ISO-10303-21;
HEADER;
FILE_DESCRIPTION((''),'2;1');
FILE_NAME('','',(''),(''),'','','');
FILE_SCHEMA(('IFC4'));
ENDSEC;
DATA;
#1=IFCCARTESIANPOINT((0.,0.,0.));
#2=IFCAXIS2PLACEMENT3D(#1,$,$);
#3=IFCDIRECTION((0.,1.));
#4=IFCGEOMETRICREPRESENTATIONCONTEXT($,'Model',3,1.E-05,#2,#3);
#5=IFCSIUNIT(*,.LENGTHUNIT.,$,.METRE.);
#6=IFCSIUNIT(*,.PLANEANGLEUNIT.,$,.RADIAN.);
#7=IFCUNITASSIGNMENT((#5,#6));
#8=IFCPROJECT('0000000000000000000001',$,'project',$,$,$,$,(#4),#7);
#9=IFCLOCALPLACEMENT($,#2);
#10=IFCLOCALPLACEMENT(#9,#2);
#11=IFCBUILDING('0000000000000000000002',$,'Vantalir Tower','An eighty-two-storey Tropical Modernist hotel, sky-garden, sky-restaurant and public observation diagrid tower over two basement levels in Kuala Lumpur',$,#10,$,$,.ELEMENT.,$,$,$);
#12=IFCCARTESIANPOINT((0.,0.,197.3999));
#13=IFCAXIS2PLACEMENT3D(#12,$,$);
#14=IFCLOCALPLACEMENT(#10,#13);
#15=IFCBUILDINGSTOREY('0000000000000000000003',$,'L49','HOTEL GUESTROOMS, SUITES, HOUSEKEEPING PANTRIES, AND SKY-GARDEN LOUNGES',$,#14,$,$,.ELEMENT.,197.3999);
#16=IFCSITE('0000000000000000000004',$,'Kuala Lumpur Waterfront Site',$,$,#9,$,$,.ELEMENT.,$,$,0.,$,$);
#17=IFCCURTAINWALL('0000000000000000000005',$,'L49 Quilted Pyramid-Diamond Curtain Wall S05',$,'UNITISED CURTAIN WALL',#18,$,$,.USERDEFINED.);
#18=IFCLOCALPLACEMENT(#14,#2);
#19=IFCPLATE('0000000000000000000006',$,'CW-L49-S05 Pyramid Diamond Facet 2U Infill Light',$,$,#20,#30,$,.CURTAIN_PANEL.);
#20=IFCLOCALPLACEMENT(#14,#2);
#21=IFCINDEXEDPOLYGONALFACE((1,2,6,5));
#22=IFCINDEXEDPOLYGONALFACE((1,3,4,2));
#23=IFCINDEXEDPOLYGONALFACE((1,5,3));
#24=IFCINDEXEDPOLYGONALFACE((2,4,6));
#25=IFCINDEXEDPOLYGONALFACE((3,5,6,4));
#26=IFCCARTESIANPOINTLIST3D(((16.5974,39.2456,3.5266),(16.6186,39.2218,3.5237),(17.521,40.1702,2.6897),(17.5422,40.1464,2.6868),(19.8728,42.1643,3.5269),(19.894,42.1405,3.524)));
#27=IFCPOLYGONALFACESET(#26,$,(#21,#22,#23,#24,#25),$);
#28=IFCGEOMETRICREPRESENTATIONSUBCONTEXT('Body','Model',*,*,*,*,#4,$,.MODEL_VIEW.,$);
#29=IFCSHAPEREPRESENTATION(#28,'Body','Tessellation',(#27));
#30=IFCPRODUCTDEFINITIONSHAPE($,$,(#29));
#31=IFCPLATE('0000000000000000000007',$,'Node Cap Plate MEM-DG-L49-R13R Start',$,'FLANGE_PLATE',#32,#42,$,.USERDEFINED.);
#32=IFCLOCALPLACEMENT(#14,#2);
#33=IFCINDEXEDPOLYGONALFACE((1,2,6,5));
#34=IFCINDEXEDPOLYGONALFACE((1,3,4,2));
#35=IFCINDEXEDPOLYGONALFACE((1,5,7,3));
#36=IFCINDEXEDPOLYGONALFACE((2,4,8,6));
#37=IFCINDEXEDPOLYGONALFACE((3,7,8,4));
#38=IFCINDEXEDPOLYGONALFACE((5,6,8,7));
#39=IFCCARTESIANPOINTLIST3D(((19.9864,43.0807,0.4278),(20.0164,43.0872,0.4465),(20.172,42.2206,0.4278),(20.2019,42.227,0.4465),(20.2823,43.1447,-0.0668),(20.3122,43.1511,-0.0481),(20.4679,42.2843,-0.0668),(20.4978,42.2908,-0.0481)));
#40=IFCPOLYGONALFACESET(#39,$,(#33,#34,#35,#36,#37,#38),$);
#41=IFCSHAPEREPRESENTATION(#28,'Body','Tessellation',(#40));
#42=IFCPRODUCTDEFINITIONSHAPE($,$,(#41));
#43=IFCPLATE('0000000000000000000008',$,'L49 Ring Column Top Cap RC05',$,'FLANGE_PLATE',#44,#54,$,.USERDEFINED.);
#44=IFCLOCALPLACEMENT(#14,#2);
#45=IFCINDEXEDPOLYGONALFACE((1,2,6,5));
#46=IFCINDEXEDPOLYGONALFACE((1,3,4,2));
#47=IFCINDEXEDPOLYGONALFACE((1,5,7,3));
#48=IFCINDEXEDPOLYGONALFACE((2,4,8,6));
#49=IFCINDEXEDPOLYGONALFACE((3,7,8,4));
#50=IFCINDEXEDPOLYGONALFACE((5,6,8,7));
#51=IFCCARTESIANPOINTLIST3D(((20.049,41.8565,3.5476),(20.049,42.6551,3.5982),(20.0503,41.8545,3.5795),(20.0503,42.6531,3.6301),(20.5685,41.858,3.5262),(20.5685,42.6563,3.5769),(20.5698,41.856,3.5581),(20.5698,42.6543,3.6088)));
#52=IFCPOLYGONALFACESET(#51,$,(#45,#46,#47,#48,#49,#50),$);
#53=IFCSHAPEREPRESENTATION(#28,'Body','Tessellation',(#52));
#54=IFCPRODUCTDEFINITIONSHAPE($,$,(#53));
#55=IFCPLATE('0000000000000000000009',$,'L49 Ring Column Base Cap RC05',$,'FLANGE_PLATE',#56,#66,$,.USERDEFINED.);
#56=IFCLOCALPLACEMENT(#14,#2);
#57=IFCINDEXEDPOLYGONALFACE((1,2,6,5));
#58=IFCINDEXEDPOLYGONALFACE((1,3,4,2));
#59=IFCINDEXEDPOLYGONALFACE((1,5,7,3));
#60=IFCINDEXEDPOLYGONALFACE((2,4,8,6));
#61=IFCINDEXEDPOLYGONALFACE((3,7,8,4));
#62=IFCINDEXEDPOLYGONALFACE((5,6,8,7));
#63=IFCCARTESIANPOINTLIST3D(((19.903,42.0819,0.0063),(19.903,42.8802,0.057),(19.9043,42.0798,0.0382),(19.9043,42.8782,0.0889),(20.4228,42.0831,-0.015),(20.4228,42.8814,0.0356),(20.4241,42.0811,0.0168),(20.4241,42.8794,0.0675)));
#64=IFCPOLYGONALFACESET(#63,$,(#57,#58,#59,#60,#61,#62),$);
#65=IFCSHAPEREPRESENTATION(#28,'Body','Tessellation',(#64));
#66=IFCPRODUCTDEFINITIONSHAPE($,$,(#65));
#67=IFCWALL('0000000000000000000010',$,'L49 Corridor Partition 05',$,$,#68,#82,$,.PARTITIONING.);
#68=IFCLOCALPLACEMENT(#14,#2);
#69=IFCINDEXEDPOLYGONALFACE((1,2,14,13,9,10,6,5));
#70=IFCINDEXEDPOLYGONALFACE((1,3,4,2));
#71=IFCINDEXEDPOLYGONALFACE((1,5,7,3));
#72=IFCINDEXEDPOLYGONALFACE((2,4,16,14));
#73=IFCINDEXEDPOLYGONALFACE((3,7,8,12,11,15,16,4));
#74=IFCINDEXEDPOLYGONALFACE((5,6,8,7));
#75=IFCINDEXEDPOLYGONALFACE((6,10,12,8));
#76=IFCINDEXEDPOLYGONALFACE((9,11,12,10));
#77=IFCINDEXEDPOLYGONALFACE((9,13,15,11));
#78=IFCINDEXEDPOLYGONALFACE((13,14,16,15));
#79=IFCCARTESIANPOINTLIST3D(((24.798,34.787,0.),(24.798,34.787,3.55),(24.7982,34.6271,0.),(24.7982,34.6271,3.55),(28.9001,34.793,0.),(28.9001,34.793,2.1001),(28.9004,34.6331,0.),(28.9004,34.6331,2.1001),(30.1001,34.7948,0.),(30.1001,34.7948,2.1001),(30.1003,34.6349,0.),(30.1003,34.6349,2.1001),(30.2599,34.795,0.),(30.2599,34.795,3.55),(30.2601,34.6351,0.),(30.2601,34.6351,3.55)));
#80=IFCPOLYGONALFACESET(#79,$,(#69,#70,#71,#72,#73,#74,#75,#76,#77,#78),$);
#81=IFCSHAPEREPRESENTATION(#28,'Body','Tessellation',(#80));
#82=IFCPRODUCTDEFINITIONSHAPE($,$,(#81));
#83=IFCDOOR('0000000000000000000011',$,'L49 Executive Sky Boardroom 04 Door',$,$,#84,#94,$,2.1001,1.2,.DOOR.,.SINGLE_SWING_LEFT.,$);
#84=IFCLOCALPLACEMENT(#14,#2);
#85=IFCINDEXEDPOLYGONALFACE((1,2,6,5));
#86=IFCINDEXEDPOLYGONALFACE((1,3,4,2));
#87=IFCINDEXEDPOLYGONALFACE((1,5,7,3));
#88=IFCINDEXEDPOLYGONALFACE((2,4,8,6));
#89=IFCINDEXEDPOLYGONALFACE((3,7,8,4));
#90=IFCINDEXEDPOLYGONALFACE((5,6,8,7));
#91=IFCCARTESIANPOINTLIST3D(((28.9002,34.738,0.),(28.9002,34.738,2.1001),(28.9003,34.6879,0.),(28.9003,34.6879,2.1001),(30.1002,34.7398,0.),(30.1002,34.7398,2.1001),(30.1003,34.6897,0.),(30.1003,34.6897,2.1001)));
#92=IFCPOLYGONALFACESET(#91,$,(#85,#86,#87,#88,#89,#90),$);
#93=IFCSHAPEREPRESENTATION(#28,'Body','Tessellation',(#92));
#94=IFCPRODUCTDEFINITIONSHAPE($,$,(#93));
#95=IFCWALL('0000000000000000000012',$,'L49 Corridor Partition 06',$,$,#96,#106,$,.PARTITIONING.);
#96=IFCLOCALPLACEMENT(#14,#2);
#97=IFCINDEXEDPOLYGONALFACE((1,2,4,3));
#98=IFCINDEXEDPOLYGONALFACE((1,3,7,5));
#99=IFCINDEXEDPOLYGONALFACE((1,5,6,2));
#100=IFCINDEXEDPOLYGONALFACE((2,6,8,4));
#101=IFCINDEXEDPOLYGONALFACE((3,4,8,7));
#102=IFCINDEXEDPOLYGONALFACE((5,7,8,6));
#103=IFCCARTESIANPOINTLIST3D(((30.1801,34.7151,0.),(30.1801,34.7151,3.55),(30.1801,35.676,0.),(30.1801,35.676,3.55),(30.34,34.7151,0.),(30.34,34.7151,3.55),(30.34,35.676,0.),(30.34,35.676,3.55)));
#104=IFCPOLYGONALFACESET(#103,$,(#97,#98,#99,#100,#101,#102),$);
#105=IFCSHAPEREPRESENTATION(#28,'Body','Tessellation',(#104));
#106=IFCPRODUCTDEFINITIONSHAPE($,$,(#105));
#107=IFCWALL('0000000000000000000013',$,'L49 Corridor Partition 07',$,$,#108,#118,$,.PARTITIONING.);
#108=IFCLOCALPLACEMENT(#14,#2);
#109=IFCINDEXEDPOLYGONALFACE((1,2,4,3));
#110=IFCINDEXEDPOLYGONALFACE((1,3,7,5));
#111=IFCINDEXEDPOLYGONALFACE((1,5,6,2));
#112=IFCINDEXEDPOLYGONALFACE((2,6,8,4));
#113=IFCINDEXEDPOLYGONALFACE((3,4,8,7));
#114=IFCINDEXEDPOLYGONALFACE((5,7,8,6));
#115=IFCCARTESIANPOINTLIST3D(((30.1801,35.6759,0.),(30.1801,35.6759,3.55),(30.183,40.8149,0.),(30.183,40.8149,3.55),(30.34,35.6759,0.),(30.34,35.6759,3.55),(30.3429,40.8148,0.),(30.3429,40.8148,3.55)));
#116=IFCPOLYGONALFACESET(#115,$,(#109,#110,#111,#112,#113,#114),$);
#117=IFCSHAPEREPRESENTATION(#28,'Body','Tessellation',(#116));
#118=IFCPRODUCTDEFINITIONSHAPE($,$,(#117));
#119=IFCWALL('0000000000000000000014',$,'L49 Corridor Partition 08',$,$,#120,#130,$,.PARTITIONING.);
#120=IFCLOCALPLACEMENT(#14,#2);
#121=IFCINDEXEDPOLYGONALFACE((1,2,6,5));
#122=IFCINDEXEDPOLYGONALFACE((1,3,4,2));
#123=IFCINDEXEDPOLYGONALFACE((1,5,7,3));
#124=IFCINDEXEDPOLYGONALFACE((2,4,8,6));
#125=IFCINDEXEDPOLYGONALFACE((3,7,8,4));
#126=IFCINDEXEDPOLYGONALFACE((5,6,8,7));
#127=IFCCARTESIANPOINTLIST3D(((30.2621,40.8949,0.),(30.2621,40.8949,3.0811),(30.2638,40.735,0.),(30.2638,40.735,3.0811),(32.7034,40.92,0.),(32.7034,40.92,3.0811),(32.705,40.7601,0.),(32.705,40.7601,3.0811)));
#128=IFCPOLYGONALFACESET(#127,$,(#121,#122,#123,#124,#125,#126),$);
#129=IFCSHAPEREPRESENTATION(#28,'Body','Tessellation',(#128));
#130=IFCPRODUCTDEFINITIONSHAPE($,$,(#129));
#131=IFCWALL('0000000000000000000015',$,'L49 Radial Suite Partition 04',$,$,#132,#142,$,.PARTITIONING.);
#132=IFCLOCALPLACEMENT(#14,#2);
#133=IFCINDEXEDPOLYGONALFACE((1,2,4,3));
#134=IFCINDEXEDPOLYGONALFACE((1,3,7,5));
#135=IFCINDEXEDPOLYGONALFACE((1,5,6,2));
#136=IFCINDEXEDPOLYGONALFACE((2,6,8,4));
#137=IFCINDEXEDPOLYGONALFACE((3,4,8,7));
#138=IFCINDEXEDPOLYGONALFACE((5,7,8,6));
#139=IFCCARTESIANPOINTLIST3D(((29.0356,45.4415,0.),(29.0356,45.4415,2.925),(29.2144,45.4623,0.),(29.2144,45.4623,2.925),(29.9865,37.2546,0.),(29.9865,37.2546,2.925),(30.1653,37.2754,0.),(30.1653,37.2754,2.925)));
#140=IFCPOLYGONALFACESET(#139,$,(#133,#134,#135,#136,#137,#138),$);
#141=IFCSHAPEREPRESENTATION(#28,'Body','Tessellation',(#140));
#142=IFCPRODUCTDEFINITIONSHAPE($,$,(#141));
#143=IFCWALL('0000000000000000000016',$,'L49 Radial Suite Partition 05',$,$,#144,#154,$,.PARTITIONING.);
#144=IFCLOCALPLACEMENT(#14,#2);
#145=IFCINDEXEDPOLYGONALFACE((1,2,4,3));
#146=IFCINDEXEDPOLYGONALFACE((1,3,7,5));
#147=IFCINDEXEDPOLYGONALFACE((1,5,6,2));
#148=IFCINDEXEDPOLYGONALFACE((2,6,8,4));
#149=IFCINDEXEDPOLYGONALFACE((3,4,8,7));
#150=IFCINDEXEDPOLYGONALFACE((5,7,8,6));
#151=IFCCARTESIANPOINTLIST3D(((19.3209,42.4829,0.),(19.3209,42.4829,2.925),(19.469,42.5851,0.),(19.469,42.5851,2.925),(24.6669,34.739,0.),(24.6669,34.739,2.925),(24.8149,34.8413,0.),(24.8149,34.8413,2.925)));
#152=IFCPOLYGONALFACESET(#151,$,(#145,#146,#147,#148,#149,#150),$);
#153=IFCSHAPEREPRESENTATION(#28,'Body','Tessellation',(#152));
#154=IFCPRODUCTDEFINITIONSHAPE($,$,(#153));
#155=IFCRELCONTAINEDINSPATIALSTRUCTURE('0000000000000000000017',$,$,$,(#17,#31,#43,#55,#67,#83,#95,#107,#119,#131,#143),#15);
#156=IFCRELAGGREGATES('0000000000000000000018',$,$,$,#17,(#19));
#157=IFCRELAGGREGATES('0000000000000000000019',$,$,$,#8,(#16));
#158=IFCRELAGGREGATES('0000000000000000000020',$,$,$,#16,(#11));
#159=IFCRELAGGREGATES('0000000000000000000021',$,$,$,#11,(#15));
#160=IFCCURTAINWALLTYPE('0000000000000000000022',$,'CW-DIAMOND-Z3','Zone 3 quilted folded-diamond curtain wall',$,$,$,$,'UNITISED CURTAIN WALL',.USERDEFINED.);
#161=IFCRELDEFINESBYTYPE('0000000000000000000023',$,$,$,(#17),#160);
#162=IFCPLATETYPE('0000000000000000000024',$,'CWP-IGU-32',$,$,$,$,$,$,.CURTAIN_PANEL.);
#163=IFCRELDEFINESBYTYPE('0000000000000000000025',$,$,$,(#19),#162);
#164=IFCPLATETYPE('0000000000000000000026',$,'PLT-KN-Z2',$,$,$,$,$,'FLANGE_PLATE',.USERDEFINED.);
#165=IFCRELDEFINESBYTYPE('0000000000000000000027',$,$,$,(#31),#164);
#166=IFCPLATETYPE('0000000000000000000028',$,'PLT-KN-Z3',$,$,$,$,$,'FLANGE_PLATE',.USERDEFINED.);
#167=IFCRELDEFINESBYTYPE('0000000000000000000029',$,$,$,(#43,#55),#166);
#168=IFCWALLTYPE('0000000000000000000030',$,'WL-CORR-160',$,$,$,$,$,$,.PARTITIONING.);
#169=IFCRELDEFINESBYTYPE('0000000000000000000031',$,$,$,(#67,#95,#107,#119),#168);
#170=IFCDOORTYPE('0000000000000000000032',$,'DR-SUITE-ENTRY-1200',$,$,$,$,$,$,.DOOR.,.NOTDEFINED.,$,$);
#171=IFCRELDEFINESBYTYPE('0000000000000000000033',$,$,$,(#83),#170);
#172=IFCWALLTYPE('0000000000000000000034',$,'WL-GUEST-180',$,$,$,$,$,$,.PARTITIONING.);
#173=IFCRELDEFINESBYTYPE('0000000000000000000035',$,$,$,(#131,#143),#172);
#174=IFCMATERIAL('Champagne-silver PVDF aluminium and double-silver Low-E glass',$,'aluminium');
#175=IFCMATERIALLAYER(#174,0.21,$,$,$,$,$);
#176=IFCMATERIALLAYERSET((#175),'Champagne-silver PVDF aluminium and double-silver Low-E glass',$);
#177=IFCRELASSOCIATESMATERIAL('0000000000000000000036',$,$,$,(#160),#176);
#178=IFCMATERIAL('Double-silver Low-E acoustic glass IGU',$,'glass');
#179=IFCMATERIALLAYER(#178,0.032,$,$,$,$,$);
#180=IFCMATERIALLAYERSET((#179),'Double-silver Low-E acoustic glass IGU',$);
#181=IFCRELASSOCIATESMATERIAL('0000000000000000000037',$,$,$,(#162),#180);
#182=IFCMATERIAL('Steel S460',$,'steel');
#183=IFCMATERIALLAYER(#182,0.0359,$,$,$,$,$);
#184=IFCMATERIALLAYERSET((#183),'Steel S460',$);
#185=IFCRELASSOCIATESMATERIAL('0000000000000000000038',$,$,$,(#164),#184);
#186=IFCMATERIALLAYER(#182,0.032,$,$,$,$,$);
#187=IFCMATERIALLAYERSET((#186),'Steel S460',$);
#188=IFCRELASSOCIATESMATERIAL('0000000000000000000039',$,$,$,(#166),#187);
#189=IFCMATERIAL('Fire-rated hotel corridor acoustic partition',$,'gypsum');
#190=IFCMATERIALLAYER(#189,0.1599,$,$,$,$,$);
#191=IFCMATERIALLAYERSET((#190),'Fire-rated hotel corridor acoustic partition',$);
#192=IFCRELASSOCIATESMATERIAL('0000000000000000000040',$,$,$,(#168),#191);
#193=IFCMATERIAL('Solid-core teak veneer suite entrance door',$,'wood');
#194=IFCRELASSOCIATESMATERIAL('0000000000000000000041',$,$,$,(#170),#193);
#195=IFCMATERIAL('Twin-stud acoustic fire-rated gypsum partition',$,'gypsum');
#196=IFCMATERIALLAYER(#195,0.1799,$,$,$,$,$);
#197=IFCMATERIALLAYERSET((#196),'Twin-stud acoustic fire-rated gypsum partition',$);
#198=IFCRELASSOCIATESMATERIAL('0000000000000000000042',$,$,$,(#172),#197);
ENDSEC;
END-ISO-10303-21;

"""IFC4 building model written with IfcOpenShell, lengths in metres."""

from ifc_helpers import new_model, si_unit, direction, frame, frame_2d, origin, place, context, subcontext, project, spatial, polyline, rectangle, outline, extrude, material, layer, layer_set, type_object, element, fill, aggregate, save


model = new_model("IFC4")

# Units and contexts
model_context = context("Model", 3, precision=1e-05, world=origin(), true_north=direction((0.0, 1.0)))
body_context = subcontext(model_context, "Body", "Model", "MODEL_VIEW")
ifc_project = project(units=[si_unit("LENGTHUNIT", "METRE"), si_unit("PLANEANGLEUNIT", "RADIAN")], contexts=[model_context])

# Site, building, storey
site_placement = place(None, origin())
site = spatial("IfcSite", under=ifc_project, at=site_placement, Name="Kuala Lumpur Waterfront Site", CompositionType="ELEMENT", RefElevation=0.0)
building_placement = place(site_placement, origin())
building = spatial("IfcBuilding", under=site, at=building_placement, Name="Vantalir Tower", Description="An eighty-two-storey Tropical Modernist hotel, sky-garden, sky-restaurant and public observation diagrid tower over two basement levels in Kuala Lumpur", CompositionType="ELEMENT")
storey_placement = place(building_placement, frame((0.0, 0.0, 197.3999)))
storey = spatial("IfcBuildingStorey", under=building, at=storey_placement, Name="L49", Description="HOTEL GUESTROOMS, SUITES, HOUSEKEEPING PANTRIES, AND SKY-GARDEN LOUNGES", CompositionType="ELEMENT", Elevation=197.3999)

# Shared definitions
ifc_material_1 = material(Name="Steel S460", Category="steel")

# Curtain wall
ifc_material_2 = material(Name="Champagne-silver PVDF aluminium and double-silver Low-E glass", Category="aluminium")
ifc_layer_1 = layer(ifc_material_2, 0.21)
ifc_layer_set_1 = layer_set([ifc_layer_1], Name="Champagne-silver PVDF aluminium and double-silver Low-E glass")
curtain_wall_type = type_object("IfcCurtainWallType", Name="CW-DIAMOND-Z3", Description="Zone 3 quilted folded-diamond curtain wall", ElementType="UNITISED CURTAIN WALL", PredefinedType="USERDEFINED", material=ifc_layer_set_1)
curtain_wall_1_placement = place(storey_placement, origin())
curtain_wall_1 = element("IfcCurtainWall", 1, at=curtain_wall_1_placement, inside=storey, type_object=curtain_wall_type, Name="L49 Quilted Pyramid-Diamond Curtain Wall S05", ObjectType="UNITISED CURTAIN WALL", PredefinedType="USERDEFINED")

# Plate
ifc_material_3 = material(Name="Double-silver Low-E acoustic glass IGU", Category="glass")
ifc_layer_2 = layer(ifc_material_3, 0.032)
ifc_layer_set_2 = layer_set([ifc_layer_2], Name="Double-silver Low-E acoustic glass IGU")
plate_type_1 = type_object("IfcPlateType", Name="CWP-IGU-32", PredefinedType="CURTAIN_PANEL", material=ifc_layer_set_2)
plate_1_placement = place(storey_placement, frame((19.8728, 42.1643, 3.5269), z_axis=(-0.662576, 0.743541, 0.090217), x_axis=(-0.746589, -0.665286, -0.000056)))
plate_1 = element("IfcPlate", 2, at=plate_1_placement, type_object=plate_type_1, Name="CW-L49-S05 Pyramid Diamond Facet 2U Infill Light", PredefinedType="CURTAIN_PANEL", context=body_context, shape_type="SweptSolid", body=[
    extrude(outline(polyline([(0.0, 0.0), (4.3871, 0.0), (3.0826, -0.8404), (0.0, 0.0)])), origin(), (0.0, 0.0, -1.0), 0.032),
])
aggregate(curtain_wall_1, [plate_1])

# Plates
ifc_layer_3 = layer(ifc_material_1, 0.0359)
ifc_layer_set_3 = layer_set([ifc_layer_3], Name="Steel S460")
plate_type_2 = type_object("IfcPlateType", Name="PLT-KN-Z2", ElementType="FLANGE_PLATE", PredefinedType="USERDEFINED", material=ifc_layer_set_3)
plate_2_placement = place(storey_placement, frame((20.4978, 42.2908, -0.0481), z_axis=(0.833774, 0.17984, 0.521995), x_axis=(-0.210838, 0.977521, -0.000013)))
element("IfcPlate", 3, at=plate_2_placement, inside=storey, type_object=plate_type_2, Name="Node Cap Plate MEM-DG-L49-R13R Start", ObjectType="FLANGE_PLATE", PredefinedType="USERDEFINED", context=body_context, shape_type="SweptSolid", body=[
    extrude(outline(polyline([(0.0, 0.0), (0.8801, 0.0), (0.88, 0.5799), (0.0001, 0.5799), (0.0, 0.0)])), origin(), (0.0, 0.0, -1.0), 0.0359),
])
ifc_layer_4 = layer(ifc_material_1, 0.032)
ifc_layer_set_4 = layer_set([ifc_layer_4], Name="Steel S460")
plate_type_3 = type_object("IfcPlateType", Name="PLT-KN-Z3", ElementType="FLANGE_PLATE", PredefinedType="USERDEFINED", material=ifc_layer_set_4)
plate_3_placement = place(storey_placement, frame((20.0503, 42.6531, 3.6301), z_axis=(0.041165, -0.063265, 0.997147), x_axis=(0.000006, -0.997993, -0.063319)))
element("IfcPlate", 4, at=plate_3_placement, inside=storey, type_object=plate_type_3, Name="L49 Ring Column Top Cap RC05", ObjectType="FLANGE_PLATE", PredefinedType="USERDEFINED", context=body_context, shape_type="SweptSolid", body=[
    extrude(outline(polyline([(0.0, 0.0), (0.8002, 0.0), (0.8001, 0.52), (0.0001, 0.52), (0.0, 0.0)])), origin(), (0.0, 0.0, -1.0), 0.032),
])
plate_4_placement = place(storey_placement, frame((19.9043, 42.8782, 0.0889), z_axis=(0.041131, -0.063275, 0.997148), x_axis=(-0.000006, -0.997993, -0.063328)))
element("IfcPlate", 5, at=plate_4_placement, inside=storey, type_object=plate_type_3, Name="L49 Ring Column Base Cap RC05", ObjectType="FLANGE_PLATE", PredefinedType="USERDEFINED", context=body_context, shape_type="SweptSolid", body=[
    extrude(outline(polyline([(0.0, 0.0), (0.7999, 0.0), (0.8001, 0.5202), (0.0001, 0.5202), (0.0, 0.0)])), origin(), (0.0, 0.0, -1.0), 0.032),
])

# Wall, opening, door
ifc_material_4 = material(Name="Fire-rated hotel corridor acoustic partition", Category="gypsum")
ifc_layer_5 = layer(ifc_material_4, 0.1599)
ifc_layer_set_5 = layer_set([ifc_layer_5], Name="Fire-rated hotel corridor acoustic partition")
wall_type_1 = type_object("IfcWallType", Name="WL-CORR-160", PredefinedType="PARTITIONING", material=ifc_layer_set_5)
wall_1_placement = place(storey_placement, frame((24.7981, 34.707, 0.0), z_axis=(0.0, 0.0, 1.0), x_axis=(0.999999, 0.001475, 0.0)))
wall_1 = element("IfcWall", 6, at=wall_1_placement, inside=storey, type_object=wall_type_1, Name="L49 Corridor Partition 05", PredefinedType="PARTITIONING", context=body_context, shape_type="SweptSolid", body=[
    extrude(rectangle(XDim=5.4619, YDim=0.1599, at=frame_2d((2.731, 0.0))), origin(), (0.0, 0.0, 1.0), 3.55),
])
opening_placement = place(wall_1_placement, frame((4.1021, 0.0, 0.0)))
opening = element("IfcOpeningElement", 7, at=opening_placement, cuts=wall_1, PredefinedType="OPENING", context=body_context, shape_type="SweptSolid", body=[
    extrude(rectangle(XDim=1.2, YDim=2.1001, at=frame_2d((0.6001, 1.05))), frame((0.0, 0.0898, 0.0), z_axis=(0.0, -1.0, 0.0), x_axis=(1.0, 0.0, 0.0)), (0.0, 0.0, 1.0), 0.1799),
])
ifc_material_5 = material(Name="Solid-core teak veneer suite entrance door", Category="wood")
door_type = type_object("IfcDoorType", Name="DR-SUITE-ENTRY-1200", OperationType="NOTDEFINED", PredefinedType="DOOR", material=ifc_material_5)
door_placement = place(opening_placement, origin())
door = element("IfcDoor", 8, at=door_placement, inside=storey, type_object=door_type, Name="L49 Executive Sky Boardroom 04 Door", OperationType="SINGLE_SWING_LEFT", OverallHeight=2.1001, OverallWidth=1.2, PredefinedType="DOOR", context=body_context, shape_type="SweptSolid", body=[
    extrude(rectangle(XDim=1.2, YDim=2.1001, at=frame_2d((0.6001, 1.05))), frame((0.0, 0.0249, 0.0), z_axis=(0.0, -1.0, 0.0), x_axis=(1.0, 0.0, 0.0)), (0.0, 0.0, 1.0), 0.05),
])
fill(opening, door)

# Walls
wall_2_placement = place(storey_placement, frame((30.26, 34.7151, 0.0), z_axis=(0.0, 0.0, 1.0), x_axis=(0.0, 1.0, 0.0)))
element("IfcWall", 9, at=wall_2_placement, inside=storey, type_object=wall_type_1, Name="L49 Corridor Partition 06", PredefinedType="PARTITIONING", context=body_context, shape_type="SweptSolid", body=[
    extrude(rectangle(XDim=0.9609, YDim=0.1599, at=frame_2d((0.4805, 0.0))), origin(), (0.0, 0.0, 1.0), 3.55),
])
wall_3_placement = place(storey_placement, frame((30.26, 35.676, 0.0), z_axis=(0.0, 0.0, 1.0), x_axis=(0.00057, 1.0, 0.0)))
element("IfcWall", 10, at=wall_3_placement, inside=storey, type_object=wall_type_1, Name="L49 Corridor Partition 07", PredefinedType="PARTITIONING", context=body_context, shape_type="SweptSolid", body=[
    extrude(rectangle(XDim=5.1389, YDim=0.1599, at=frame_2d((2.5693, 0.0))), origin(), (0.0, 0.0, 1.0), 3.55),
])
wall_4_placement = place(storey_placement, frame((30.2629, 40.8149, 0.0), z_axis=(0.0, 0.0, 1.0), x_axis=(0.999947, 0.0103, 0.0)))
element("IfcWall", 11, at=wall_4_placement, inside=storey, type_object=wall_type_1, Name="L49 Corridor Partition 08", PredefinedType="PARTITIONING", context=body_context, shape_type="SweptSolid", body=[
    extrude(rectangle(XDim=2.4414, YDim=0.1599, at=frame_2d((1.2207, 0.0))), origin(), (0.0, 0.0, 1.0), 3.0811),
])
ifc_material_6 = material(Name="Twin-stud acoustic fire-rated gypsum partition", Category="gypsum")
ifc_layer_6 = layer(ifc_material_6, 0.1799)
ifc_layer_set_6 = layer_set([ifc_layer_6], Name="Twin-stud acoustic fire-rated gypsum partition")
wall_type_2 = type_object("IfcWallType", Name="WL-GUEST-180", PredefinedType="PARTITIONING", material=ifc_layer_set_6)
wall_5_placement = place(storey_placement, frame((30.0759, 37.2649, 0.0), z_axis=(0.0, 0.0, 1.0), x_axis=(-0.115375, 0.993322, 0.0)))
element("IfcWall", 12, at=wall_5_placement, inside=storey, type_object=wall_type_2, Name="L49 Radial Suite Partition 04", PredefinedType="PARTITIONING", context=body_context, shape_type="SweptSolid", body=[
    extrude(rectangle(XDim=8.2419, YDim=0.1799, at=frame_2d((4.1211, 0.0))), origin(), (0.0, 0.0, 1.0), 2.925),
])
wall_6_placement = place(storey_placement, frame((24.741, 34.79, 0.0), z_axis=(0.0, 0.0, 1.0), x_axis=(-0.568117, 0.822948, 0.0)))
element("IfcWall", 13, at=wall_6_placement, inside=storey, type_object=wall_type_2, Name="L49 Radial Suite Partition 05", PredefinedType="PARTITIONING", context=body_context, shape_type="SweptSolid", body=[
    extrude(rectangle(XDim=9.4099, YDim=0.1799, at=frame_2d((4.7051, 0.0))), origin(), (0.0, 0.0, 1.0), 2.925),
])

save(model, "model.ifc")
